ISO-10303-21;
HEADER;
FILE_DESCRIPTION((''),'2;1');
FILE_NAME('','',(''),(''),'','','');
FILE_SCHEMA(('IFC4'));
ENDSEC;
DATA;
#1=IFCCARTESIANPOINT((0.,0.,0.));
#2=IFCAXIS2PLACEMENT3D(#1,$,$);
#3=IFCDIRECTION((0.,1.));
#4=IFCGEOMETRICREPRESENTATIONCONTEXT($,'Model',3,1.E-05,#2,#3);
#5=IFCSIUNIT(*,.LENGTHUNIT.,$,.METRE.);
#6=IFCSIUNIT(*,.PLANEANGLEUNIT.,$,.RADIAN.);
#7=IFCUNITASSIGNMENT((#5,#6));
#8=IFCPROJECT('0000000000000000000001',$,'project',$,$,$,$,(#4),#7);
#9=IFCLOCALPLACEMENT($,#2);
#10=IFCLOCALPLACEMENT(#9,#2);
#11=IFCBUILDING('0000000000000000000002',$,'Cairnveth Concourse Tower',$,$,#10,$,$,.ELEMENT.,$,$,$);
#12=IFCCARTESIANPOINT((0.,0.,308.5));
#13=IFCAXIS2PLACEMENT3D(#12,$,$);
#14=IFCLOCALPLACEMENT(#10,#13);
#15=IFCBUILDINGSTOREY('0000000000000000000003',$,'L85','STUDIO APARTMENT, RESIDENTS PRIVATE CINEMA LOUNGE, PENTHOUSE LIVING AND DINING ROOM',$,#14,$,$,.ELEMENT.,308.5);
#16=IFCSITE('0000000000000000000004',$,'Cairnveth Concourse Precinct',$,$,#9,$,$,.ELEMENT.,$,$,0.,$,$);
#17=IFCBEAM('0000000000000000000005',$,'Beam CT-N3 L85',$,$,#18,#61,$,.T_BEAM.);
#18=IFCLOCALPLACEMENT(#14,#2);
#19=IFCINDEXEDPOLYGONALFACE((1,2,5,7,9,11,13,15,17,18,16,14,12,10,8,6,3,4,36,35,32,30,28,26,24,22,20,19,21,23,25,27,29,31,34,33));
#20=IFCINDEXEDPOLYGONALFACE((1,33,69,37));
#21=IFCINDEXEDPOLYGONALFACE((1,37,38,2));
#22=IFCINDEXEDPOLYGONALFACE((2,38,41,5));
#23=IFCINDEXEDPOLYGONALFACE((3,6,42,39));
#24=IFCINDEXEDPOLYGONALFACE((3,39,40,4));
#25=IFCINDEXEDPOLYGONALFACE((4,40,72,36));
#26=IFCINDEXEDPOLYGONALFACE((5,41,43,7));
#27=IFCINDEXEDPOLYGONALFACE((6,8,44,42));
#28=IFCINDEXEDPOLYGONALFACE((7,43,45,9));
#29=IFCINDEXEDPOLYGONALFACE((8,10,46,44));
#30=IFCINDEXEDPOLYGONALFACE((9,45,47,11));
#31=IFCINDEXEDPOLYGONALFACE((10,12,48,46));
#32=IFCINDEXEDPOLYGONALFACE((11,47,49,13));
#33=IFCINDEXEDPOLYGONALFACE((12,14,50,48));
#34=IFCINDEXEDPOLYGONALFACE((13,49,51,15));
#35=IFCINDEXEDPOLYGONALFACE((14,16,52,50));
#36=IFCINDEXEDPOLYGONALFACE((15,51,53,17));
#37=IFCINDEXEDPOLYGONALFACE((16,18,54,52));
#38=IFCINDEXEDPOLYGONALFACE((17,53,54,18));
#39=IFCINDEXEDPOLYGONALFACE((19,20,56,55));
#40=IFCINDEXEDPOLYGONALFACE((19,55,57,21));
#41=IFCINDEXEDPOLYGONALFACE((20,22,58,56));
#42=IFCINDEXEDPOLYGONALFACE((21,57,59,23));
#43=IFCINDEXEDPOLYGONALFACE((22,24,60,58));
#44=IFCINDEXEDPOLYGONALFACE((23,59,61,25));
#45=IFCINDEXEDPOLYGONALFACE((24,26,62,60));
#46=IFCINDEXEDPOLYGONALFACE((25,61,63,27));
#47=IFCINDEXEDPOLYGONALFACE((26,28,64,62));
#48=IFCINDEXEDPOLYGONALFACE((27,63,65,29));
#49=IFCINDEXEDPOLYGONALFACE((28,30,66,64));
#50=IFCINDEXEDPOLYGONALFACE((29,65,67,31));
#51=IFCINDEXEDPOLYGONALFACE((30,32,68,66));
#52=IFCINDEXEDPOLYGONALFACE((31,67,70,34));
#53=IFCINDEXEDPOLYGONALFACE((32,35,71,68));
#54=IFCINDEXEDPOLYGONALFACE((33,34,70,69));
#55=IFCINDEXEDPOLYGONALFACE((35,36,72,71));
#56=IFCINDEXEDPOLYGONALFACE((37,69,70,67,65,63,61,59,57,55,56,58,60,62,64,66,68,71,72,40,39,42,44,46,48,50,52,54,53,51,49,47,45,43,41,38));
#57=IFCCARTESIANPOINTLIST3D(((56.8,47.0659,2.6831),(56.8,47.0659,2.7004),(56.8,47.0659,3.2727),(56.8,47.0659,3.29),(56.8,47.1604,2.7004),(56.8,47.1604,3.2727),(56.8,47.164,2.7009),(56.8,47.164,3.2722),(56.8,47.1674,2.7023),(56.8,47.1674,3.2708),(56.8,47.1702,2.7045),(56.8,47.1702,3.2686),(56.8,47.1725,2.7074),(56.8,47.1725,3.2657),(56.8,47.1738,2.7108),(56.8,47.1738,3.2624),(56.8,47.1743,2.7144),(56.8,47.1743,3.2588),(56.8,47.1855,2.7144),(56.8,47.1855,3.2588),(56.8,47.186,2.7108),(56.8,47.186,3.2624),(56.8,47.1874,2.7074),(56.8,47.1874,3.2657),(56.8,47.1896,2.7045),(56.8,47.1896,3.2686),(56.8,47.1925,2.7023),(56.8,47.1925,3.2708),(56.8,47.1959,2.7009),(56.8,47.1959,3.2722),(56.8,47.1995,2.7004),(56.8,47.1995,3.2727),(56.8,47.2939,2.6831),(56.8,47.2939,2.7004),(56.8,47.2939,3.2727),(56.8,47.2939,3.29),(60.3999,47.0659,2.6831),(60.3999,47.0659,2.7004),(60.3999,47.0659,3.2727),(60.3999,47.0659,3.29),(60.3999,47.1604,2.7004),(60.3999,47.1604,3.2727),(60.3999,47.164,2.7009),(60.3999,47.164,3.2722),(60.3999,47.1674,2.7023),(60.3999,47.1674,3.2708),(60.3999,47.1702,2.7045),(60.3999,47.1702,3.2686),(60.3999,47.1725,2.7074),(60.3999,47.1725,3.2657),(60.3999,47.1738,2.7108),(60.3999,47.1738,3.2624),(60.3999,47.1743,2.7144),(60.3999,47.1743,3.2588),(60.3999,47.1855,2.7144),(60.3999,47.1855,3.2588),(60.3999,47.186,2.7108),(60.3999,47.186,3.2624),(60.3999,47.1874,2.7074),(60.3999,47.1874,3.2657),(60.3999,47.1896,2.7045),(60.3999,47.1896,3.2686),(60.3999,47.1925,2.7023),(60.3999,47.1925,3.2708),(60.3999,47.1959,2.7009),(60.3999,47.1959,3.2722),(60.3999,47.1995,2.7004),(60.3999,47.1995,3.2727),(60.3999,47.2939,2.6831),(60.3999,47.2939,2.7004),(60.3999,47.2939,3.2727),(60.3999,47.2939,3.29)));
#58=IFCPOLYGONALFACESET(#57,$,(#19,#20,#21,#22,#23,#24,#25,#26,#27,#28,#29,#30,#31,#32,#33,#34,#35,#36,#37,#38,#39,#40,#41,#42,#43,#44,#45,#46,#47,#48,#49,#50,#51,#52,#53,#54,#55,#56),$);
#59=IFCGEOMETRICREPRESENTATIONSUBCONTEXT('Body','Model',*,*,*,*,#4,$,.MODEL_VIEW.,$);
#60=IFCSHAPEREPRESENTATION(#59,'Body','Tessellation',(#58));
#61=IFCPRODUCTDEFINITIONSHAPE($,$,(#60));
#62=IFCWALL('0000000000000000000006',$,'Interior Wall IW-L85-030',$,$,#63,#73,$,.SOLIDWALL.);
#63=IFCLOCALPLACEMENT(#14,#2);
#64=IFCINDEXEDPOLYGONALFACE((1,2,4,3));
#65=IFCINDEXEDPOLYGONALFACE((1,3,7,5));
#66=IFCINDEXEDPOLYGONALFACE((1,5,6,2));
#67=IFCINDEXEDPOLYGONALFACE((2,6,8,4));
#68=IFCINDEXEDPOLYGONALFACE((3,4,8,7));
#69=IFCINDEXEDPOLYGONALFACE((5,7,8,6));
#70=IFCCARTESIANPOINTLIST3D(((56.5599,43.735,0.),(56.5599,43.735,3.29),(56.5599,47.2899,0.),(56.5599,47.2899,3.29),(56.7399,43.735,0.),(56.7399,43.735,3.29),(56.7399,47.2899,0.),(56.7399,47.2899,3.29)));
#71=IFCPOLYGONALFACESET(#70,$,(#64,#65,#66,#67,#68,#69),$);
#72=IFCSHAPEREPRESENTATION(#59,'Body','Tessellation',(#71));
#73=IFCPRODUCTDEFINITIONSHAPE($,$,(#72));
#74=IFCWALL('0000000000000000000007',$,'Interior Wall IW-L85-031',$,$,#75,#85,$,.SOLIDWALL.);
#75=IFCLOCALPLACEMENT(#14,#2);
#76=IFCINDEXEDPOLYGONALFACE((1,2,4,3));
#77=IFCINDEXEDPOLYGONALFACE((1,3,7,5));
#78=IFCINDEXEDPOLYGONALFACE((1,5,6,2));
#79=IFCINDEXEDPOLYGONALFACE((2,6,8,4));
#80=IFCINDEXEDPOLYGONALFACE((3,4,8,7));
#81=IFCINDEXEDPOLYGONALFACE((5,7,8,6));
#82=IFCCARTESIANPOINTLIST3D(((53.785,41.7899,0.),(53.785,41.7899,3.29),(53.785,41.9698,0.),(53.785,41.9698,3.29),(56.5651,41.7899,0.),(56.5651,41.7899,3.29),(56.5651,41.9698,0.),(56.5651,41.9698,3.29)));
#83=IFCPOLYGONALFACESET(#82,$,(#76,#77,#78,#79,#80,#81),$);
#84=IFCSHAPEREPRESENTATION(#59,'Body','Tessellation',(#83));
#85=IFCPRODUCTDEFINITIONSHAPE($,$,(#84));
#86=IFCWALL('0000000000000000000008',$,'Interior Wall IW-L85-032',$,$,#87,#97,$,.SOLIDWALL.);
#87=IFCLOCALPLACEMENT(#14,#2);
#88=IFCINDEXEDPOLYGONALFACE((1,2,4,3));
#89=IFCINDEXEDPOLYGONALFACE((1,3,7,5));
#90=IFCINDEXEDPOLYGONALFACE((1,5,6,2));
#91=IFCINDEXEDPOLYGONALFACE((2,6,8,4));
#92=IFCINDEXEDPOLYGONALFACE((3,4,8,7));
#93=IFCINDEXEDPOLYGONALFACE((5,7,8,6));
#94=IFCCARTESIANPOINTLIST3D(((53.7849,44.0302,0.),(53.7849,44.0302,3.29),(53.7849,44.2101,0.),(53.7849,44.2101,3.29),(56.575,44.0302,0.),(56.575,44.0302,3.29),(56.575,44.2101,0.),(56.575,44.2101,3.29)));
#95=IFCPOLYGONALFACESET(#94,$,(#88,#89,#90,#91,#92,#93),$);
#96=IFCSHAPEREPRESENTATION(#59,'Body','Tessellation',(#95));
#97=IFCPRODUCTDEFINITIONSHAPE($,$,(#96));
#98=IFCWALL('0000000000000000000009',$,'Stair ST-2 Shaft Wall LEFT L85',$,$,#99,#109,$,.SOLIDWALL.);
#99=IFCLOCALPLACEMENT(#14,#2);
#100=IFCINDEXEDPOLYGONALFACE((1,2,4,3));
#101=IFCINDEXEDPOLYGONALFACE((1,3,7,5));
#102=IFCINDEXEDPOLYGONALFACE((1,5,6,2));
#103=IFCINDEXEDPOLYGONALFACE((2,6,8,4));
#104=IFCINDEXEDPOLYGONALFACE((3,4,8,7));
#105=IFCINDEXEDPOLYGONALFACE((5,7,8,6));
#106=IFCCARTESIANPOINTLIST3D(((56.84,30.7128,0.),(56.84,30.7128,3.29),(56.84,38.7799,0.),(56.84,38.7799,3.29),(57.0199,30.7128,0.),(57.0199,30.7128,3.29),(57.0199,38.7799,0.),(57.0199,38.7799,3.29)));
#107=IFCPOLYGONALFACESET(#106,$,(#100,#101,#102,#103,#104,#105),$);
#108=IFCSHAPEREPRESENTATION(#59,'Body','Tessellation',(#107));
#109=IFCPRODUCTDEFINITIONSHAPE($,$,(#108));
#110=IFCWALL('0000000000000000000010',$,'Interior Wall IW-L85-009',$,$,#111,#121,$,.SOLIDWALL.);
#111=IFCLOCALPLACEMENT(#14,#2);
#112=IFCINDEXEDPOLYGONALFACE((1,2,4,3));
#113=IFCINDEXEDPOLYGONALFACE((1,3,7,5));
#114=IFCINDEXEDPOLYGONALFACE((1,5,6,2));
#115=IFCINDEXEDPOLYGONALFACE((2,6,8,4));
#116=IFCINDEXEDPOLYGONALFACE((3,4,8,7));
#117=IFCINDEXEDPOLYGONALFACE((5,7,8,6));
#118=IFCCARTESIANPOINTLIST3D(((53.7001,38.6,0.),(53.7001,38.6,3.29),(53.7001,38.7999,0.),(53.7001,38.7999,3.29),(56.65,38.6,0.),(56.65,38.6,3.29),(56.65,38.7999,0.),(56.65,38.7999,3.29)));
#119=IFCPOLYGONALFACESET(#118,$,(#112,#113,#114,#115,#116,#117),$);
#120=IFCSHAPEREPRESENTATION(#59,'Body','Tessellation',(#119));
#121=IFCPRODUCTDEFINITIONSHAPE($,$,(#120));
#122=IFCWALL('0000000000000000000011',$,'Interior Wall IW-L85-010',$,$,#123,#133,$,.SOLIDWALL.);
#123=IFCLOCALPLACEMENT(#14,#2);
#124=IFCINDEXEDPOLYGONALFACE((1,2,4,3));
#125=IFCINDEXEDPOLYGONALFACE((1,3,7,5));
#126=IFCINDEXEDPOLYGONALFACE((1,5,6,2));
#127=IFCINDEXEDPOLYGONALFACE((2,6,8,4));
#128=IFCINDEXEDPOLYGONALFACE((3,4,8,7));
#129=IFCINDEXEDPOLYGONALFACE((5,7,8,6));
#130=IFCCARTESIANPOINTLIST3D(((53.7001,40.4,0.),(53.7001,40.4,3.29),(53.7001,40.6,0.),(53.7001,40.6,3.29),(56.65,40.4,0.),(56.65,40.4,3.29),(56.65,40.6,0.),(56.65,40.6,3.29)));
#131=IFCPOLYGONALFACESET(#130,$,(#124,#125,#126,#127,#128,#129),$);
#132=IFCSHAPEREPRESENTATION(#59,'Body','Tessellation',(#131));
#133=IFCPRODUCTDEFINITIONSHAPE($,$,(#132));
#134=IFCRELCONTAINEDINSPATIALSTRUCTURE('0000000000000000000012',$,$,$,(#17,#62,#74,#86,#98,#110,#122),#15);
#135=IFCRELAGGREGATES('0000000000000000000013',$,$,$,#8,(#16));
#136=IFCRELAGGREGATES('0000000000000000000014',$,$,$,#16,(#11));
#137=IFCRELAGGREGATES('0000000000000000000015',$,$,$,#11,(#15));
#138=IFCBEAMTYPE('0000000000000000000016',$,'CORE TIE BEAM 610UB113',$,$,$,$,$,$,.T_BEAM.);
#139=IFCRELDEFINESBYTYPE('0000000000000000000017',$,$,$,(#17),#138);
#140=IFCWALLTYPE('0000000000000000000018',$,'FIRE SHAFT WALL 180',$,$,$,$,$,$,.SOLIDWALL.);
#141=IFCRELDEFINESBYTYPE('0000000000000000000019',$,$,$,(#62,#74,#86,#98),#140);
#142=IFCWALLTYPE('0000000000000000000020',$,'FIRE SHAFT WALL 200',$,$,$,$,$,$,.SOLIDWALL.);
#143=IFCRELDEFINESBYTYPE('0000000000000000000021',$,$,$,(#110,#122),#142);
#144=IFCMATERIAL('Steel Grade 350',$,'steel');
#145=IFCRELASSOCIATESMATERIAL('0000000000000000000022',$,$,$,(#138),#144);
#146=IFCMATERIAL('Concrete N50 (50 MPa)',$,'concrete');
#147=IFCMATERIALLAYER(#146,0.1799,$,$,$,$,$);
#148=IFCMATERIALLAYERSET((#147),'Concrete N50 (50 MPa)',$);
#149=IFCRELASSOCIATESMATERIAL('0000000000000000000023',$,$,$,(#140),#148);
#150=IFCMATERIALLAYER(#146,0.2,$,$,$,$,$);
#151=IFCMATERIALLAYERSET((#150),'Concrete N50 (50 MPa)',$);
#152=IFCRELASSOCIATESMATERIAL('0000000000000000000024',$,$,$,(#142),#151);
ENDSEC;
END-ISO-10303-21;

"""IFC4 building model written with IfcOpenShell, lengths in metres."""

from ifc_helpers import new_model, si_unit, direction, frame, frame_2d, origin, origin_2d, place, context, subcontext, project, spatial, rectangle, i_section, extrude, material, layer, layer_set, material_profile, profile_set, type_object, element, save


model = new_model("IFC4")

# Units and contexts
model_context = context("Model", 3, precision=1e-05, world=origin(), true_north=direction((0.0, 1.0)))
body_context = subcontext(model_context, "Body", "Model", "MODEL_VIEW")
ifc_project = project(units=[si_unit("LENGTHUNIT", "METRE"), si_unit("PLANEANGLEUNIT", "RADIAN")], contexts=[model_context])

# Site, building, storey
site_placement = place(None, origin())
site = spatial("IfcSite", under=ifc_project, at=site_placement, Name="Cairnveth Concourse Precinct", CompositionType="ELEMENT", RefElevation=0.0)
building_placement = place(site_placement, origin())
building = spatial("IfcBuilding", under=site, at=building_placement, Name="Cairnveth Concourse Tower", CompositionType="ELEMENT")
storey_placement = place(building_placement, frame((0.0, 0.0, 308.5)))
storey = spatial("IfcBuildingStorey", under=building, at=storey_placement, Name="L85", Description="STUDIO APARTMENT, RESIDENTS PRIVATE CINEMA LOUNGE, PENTHOUSE LIVING AND DINING ROOM", CompositionType="ELEMENT", Elevation=308.5)

# Beam
ifc_material_1 = material(Name="Steel Grade 350", Category="steel")
ifc_material_profile = material_profile(ifc_material_1, i_section(OverallWidth=0.228, OverallDepth=0.6069, WebThickness=0.0112, FlangeThickness=0.0173, FilletRadius=0.0139, at=origin_2d()), Name="610UB113")
ifc_profile_set = profile_set([ifc_material_profile], Name="Steel Grade 350")
beam_type = type_object("IfcBeamType", Name="CORE TIE BEAM 610UB113", PredefinedType="T_BEAM", material=ifc_profile_set)
beam_placement = place(storey_placement, frame((56.8, 47.1799, 2.9866), z_axis=(1.0, 0.0, 0.0), x_axis=(0.0, 1.0, 0.0)))
element("IfcBeam", 1, at=beam_placement, inside=storey, type_object=beam_type, Name="Beam CT-N3 L85", PredefinedType="T_BEAM", context=body_context, shape_type="SweptSolid", body=[
    extrude(i_section(OverallWidth=0.228, OverallDepth=0.6069, WebThickness=0.0112, FlangeThickness=0.0173, FilletRadius=0.0139, at=origin_2d()), origin(), (0.0, 0.0, 1.0), 3.5999),
])

# Walls
ifc_material_2 = material(Name="Concrete N50 (50 MPa)", Category="concrete")
ifc_layer_1 = layer(ifc_material_2, 0.1799)
ifc_layer_set_1 = layer_set([ifc_layer_1], Name="Concrete N50 (50 MPa)")
wall_type_1 = type_object("IfcWallType", Name="FIRE SHAFT WALL 180", PredefinedType="SOLIDWALL", material=ifc_layer_set_1)
wall_1_placement = place(storey_placement, frame((56.6499, 43.7351, 0.0), z_axis=(0.0, 0.0, 1.0), x_axis=(0.0, 1.0, 0.0)))
element("IfcWall", 2, at=wall_1_placement, inside=storey, type_object=wall_type_1, Name="Interior Wall IW-L85-030", PredefinedType="SOLIDWALL", context=body_context, shape_type="SweptSolid", body=[
    extrude(rectangle(XDim=3.5549, YDim=0.1799, at=frame_2d((1.7773, 0.0))), origin(), (0.0, 0.0, 1.0), 3.29),
])
wall_2_placement = place(storey_placement, frame((53.7849, 41.8799, 0.0), z_axis=(0.0, 0.0, 1.0), x_axis=(1.0, 0.0, 0.0)))
element("IfcWall", 3, at=wall_2_placement, inside=storey, type_object=wall_type_1, Name="Interior Wall IW-L85-031", PredefinedType="SOLIDWALL", context=body_context, shape_type="SweptSolid", body=[
    extrude(rectangle(XDim=2.78, YDim=0.1799, at=frame_2d((1.3901, 0.0))), origin(), (0.0, 0.0, 1.0), 3.29),
])
wall_3_placement = place(storey_placement, frame((53.7849, 44.1201, 0.0), z_axis=(0.0, 0.0, 1.0), x_axis=(1.0, 0.0, 0.0)))
element("IfcWall", 4, at=wall_3_placement, inside=storey, type_object=wall_type_1, Name="Interior Wall IW-L85-032", PredefinedType="SOLIDWALL", context=body_context, shape_type="SweptSolid", body=[
    extrude(rectangle(XDim=2.79, YDim=0.1799, at=frame_2d((1.395, 0.0))), origin(), (0.0, 0.0, 1.0), 3.29),
])

# Walls
wall_4_placement = place(storey_placement, frame((56.9299, 38.78, 0.0), z_axis=(0.0, 0.0, 1.0), x_axis=(0.0, -1.0, 0.0)))
element("IfcWall", 5, at=wall_4_placement, inside=storey, type_object=wall_type_1, Name="Stair ST-2 Shaft Wall LEFT L85", PredefinedType="SOLIDWALL", context=body_context, shape_type="SweptSolid", body=[
    extrude(rectangle(XDim=8.0671, YDim=0.1799, at=frame_2d((4.0337, 0.0))), origin(), (0.0, 0.0, 1.0), 3.29),
])
ifc_layer_2 = layer(ifc_material_2, 0.2)
ifc_layer_set_2 = layer_set([ifc_layer_2], Name="Concrete N50 (50 MPa)")
wall_type_2 = type_object("IfcWallType", Name="FIRE SHAFT WALL 200", PredefinedType="SOLIDWALL", material=ifc_layer_set_2)
for number, where, z_axis, x_axis, name in (
    (6, (53.7, 38.7, 0.0), (0.0, 0.0, 1.0), (1.0, 0.0, 0.0), "Interior Wall IW-L85-009"),
    (7, (53.7, 40.5, 0.0), (0.0, 0.0, 1.0), (1.0, 0.0, 0.0), "Interior Wall IW-L85-010"),
):
    element("IfcWall", number, at=place(storey_placement, frame(where, z_axis=z_axis, x_axis=x_axis)), inside=storey, type_object=wall_type_2, Name=name, PredefinedType="SOLIDWALL", context=body_context, shape_type="SweptSolid", body=[
        extrude(rectangle(XDim=2.95, YDim=0.2, at=frame_2d((1.4751, 0.0))), origin(), (0.0, 0.0, 1.0), 3.29),
    ])

save(model, "model.ifc")
